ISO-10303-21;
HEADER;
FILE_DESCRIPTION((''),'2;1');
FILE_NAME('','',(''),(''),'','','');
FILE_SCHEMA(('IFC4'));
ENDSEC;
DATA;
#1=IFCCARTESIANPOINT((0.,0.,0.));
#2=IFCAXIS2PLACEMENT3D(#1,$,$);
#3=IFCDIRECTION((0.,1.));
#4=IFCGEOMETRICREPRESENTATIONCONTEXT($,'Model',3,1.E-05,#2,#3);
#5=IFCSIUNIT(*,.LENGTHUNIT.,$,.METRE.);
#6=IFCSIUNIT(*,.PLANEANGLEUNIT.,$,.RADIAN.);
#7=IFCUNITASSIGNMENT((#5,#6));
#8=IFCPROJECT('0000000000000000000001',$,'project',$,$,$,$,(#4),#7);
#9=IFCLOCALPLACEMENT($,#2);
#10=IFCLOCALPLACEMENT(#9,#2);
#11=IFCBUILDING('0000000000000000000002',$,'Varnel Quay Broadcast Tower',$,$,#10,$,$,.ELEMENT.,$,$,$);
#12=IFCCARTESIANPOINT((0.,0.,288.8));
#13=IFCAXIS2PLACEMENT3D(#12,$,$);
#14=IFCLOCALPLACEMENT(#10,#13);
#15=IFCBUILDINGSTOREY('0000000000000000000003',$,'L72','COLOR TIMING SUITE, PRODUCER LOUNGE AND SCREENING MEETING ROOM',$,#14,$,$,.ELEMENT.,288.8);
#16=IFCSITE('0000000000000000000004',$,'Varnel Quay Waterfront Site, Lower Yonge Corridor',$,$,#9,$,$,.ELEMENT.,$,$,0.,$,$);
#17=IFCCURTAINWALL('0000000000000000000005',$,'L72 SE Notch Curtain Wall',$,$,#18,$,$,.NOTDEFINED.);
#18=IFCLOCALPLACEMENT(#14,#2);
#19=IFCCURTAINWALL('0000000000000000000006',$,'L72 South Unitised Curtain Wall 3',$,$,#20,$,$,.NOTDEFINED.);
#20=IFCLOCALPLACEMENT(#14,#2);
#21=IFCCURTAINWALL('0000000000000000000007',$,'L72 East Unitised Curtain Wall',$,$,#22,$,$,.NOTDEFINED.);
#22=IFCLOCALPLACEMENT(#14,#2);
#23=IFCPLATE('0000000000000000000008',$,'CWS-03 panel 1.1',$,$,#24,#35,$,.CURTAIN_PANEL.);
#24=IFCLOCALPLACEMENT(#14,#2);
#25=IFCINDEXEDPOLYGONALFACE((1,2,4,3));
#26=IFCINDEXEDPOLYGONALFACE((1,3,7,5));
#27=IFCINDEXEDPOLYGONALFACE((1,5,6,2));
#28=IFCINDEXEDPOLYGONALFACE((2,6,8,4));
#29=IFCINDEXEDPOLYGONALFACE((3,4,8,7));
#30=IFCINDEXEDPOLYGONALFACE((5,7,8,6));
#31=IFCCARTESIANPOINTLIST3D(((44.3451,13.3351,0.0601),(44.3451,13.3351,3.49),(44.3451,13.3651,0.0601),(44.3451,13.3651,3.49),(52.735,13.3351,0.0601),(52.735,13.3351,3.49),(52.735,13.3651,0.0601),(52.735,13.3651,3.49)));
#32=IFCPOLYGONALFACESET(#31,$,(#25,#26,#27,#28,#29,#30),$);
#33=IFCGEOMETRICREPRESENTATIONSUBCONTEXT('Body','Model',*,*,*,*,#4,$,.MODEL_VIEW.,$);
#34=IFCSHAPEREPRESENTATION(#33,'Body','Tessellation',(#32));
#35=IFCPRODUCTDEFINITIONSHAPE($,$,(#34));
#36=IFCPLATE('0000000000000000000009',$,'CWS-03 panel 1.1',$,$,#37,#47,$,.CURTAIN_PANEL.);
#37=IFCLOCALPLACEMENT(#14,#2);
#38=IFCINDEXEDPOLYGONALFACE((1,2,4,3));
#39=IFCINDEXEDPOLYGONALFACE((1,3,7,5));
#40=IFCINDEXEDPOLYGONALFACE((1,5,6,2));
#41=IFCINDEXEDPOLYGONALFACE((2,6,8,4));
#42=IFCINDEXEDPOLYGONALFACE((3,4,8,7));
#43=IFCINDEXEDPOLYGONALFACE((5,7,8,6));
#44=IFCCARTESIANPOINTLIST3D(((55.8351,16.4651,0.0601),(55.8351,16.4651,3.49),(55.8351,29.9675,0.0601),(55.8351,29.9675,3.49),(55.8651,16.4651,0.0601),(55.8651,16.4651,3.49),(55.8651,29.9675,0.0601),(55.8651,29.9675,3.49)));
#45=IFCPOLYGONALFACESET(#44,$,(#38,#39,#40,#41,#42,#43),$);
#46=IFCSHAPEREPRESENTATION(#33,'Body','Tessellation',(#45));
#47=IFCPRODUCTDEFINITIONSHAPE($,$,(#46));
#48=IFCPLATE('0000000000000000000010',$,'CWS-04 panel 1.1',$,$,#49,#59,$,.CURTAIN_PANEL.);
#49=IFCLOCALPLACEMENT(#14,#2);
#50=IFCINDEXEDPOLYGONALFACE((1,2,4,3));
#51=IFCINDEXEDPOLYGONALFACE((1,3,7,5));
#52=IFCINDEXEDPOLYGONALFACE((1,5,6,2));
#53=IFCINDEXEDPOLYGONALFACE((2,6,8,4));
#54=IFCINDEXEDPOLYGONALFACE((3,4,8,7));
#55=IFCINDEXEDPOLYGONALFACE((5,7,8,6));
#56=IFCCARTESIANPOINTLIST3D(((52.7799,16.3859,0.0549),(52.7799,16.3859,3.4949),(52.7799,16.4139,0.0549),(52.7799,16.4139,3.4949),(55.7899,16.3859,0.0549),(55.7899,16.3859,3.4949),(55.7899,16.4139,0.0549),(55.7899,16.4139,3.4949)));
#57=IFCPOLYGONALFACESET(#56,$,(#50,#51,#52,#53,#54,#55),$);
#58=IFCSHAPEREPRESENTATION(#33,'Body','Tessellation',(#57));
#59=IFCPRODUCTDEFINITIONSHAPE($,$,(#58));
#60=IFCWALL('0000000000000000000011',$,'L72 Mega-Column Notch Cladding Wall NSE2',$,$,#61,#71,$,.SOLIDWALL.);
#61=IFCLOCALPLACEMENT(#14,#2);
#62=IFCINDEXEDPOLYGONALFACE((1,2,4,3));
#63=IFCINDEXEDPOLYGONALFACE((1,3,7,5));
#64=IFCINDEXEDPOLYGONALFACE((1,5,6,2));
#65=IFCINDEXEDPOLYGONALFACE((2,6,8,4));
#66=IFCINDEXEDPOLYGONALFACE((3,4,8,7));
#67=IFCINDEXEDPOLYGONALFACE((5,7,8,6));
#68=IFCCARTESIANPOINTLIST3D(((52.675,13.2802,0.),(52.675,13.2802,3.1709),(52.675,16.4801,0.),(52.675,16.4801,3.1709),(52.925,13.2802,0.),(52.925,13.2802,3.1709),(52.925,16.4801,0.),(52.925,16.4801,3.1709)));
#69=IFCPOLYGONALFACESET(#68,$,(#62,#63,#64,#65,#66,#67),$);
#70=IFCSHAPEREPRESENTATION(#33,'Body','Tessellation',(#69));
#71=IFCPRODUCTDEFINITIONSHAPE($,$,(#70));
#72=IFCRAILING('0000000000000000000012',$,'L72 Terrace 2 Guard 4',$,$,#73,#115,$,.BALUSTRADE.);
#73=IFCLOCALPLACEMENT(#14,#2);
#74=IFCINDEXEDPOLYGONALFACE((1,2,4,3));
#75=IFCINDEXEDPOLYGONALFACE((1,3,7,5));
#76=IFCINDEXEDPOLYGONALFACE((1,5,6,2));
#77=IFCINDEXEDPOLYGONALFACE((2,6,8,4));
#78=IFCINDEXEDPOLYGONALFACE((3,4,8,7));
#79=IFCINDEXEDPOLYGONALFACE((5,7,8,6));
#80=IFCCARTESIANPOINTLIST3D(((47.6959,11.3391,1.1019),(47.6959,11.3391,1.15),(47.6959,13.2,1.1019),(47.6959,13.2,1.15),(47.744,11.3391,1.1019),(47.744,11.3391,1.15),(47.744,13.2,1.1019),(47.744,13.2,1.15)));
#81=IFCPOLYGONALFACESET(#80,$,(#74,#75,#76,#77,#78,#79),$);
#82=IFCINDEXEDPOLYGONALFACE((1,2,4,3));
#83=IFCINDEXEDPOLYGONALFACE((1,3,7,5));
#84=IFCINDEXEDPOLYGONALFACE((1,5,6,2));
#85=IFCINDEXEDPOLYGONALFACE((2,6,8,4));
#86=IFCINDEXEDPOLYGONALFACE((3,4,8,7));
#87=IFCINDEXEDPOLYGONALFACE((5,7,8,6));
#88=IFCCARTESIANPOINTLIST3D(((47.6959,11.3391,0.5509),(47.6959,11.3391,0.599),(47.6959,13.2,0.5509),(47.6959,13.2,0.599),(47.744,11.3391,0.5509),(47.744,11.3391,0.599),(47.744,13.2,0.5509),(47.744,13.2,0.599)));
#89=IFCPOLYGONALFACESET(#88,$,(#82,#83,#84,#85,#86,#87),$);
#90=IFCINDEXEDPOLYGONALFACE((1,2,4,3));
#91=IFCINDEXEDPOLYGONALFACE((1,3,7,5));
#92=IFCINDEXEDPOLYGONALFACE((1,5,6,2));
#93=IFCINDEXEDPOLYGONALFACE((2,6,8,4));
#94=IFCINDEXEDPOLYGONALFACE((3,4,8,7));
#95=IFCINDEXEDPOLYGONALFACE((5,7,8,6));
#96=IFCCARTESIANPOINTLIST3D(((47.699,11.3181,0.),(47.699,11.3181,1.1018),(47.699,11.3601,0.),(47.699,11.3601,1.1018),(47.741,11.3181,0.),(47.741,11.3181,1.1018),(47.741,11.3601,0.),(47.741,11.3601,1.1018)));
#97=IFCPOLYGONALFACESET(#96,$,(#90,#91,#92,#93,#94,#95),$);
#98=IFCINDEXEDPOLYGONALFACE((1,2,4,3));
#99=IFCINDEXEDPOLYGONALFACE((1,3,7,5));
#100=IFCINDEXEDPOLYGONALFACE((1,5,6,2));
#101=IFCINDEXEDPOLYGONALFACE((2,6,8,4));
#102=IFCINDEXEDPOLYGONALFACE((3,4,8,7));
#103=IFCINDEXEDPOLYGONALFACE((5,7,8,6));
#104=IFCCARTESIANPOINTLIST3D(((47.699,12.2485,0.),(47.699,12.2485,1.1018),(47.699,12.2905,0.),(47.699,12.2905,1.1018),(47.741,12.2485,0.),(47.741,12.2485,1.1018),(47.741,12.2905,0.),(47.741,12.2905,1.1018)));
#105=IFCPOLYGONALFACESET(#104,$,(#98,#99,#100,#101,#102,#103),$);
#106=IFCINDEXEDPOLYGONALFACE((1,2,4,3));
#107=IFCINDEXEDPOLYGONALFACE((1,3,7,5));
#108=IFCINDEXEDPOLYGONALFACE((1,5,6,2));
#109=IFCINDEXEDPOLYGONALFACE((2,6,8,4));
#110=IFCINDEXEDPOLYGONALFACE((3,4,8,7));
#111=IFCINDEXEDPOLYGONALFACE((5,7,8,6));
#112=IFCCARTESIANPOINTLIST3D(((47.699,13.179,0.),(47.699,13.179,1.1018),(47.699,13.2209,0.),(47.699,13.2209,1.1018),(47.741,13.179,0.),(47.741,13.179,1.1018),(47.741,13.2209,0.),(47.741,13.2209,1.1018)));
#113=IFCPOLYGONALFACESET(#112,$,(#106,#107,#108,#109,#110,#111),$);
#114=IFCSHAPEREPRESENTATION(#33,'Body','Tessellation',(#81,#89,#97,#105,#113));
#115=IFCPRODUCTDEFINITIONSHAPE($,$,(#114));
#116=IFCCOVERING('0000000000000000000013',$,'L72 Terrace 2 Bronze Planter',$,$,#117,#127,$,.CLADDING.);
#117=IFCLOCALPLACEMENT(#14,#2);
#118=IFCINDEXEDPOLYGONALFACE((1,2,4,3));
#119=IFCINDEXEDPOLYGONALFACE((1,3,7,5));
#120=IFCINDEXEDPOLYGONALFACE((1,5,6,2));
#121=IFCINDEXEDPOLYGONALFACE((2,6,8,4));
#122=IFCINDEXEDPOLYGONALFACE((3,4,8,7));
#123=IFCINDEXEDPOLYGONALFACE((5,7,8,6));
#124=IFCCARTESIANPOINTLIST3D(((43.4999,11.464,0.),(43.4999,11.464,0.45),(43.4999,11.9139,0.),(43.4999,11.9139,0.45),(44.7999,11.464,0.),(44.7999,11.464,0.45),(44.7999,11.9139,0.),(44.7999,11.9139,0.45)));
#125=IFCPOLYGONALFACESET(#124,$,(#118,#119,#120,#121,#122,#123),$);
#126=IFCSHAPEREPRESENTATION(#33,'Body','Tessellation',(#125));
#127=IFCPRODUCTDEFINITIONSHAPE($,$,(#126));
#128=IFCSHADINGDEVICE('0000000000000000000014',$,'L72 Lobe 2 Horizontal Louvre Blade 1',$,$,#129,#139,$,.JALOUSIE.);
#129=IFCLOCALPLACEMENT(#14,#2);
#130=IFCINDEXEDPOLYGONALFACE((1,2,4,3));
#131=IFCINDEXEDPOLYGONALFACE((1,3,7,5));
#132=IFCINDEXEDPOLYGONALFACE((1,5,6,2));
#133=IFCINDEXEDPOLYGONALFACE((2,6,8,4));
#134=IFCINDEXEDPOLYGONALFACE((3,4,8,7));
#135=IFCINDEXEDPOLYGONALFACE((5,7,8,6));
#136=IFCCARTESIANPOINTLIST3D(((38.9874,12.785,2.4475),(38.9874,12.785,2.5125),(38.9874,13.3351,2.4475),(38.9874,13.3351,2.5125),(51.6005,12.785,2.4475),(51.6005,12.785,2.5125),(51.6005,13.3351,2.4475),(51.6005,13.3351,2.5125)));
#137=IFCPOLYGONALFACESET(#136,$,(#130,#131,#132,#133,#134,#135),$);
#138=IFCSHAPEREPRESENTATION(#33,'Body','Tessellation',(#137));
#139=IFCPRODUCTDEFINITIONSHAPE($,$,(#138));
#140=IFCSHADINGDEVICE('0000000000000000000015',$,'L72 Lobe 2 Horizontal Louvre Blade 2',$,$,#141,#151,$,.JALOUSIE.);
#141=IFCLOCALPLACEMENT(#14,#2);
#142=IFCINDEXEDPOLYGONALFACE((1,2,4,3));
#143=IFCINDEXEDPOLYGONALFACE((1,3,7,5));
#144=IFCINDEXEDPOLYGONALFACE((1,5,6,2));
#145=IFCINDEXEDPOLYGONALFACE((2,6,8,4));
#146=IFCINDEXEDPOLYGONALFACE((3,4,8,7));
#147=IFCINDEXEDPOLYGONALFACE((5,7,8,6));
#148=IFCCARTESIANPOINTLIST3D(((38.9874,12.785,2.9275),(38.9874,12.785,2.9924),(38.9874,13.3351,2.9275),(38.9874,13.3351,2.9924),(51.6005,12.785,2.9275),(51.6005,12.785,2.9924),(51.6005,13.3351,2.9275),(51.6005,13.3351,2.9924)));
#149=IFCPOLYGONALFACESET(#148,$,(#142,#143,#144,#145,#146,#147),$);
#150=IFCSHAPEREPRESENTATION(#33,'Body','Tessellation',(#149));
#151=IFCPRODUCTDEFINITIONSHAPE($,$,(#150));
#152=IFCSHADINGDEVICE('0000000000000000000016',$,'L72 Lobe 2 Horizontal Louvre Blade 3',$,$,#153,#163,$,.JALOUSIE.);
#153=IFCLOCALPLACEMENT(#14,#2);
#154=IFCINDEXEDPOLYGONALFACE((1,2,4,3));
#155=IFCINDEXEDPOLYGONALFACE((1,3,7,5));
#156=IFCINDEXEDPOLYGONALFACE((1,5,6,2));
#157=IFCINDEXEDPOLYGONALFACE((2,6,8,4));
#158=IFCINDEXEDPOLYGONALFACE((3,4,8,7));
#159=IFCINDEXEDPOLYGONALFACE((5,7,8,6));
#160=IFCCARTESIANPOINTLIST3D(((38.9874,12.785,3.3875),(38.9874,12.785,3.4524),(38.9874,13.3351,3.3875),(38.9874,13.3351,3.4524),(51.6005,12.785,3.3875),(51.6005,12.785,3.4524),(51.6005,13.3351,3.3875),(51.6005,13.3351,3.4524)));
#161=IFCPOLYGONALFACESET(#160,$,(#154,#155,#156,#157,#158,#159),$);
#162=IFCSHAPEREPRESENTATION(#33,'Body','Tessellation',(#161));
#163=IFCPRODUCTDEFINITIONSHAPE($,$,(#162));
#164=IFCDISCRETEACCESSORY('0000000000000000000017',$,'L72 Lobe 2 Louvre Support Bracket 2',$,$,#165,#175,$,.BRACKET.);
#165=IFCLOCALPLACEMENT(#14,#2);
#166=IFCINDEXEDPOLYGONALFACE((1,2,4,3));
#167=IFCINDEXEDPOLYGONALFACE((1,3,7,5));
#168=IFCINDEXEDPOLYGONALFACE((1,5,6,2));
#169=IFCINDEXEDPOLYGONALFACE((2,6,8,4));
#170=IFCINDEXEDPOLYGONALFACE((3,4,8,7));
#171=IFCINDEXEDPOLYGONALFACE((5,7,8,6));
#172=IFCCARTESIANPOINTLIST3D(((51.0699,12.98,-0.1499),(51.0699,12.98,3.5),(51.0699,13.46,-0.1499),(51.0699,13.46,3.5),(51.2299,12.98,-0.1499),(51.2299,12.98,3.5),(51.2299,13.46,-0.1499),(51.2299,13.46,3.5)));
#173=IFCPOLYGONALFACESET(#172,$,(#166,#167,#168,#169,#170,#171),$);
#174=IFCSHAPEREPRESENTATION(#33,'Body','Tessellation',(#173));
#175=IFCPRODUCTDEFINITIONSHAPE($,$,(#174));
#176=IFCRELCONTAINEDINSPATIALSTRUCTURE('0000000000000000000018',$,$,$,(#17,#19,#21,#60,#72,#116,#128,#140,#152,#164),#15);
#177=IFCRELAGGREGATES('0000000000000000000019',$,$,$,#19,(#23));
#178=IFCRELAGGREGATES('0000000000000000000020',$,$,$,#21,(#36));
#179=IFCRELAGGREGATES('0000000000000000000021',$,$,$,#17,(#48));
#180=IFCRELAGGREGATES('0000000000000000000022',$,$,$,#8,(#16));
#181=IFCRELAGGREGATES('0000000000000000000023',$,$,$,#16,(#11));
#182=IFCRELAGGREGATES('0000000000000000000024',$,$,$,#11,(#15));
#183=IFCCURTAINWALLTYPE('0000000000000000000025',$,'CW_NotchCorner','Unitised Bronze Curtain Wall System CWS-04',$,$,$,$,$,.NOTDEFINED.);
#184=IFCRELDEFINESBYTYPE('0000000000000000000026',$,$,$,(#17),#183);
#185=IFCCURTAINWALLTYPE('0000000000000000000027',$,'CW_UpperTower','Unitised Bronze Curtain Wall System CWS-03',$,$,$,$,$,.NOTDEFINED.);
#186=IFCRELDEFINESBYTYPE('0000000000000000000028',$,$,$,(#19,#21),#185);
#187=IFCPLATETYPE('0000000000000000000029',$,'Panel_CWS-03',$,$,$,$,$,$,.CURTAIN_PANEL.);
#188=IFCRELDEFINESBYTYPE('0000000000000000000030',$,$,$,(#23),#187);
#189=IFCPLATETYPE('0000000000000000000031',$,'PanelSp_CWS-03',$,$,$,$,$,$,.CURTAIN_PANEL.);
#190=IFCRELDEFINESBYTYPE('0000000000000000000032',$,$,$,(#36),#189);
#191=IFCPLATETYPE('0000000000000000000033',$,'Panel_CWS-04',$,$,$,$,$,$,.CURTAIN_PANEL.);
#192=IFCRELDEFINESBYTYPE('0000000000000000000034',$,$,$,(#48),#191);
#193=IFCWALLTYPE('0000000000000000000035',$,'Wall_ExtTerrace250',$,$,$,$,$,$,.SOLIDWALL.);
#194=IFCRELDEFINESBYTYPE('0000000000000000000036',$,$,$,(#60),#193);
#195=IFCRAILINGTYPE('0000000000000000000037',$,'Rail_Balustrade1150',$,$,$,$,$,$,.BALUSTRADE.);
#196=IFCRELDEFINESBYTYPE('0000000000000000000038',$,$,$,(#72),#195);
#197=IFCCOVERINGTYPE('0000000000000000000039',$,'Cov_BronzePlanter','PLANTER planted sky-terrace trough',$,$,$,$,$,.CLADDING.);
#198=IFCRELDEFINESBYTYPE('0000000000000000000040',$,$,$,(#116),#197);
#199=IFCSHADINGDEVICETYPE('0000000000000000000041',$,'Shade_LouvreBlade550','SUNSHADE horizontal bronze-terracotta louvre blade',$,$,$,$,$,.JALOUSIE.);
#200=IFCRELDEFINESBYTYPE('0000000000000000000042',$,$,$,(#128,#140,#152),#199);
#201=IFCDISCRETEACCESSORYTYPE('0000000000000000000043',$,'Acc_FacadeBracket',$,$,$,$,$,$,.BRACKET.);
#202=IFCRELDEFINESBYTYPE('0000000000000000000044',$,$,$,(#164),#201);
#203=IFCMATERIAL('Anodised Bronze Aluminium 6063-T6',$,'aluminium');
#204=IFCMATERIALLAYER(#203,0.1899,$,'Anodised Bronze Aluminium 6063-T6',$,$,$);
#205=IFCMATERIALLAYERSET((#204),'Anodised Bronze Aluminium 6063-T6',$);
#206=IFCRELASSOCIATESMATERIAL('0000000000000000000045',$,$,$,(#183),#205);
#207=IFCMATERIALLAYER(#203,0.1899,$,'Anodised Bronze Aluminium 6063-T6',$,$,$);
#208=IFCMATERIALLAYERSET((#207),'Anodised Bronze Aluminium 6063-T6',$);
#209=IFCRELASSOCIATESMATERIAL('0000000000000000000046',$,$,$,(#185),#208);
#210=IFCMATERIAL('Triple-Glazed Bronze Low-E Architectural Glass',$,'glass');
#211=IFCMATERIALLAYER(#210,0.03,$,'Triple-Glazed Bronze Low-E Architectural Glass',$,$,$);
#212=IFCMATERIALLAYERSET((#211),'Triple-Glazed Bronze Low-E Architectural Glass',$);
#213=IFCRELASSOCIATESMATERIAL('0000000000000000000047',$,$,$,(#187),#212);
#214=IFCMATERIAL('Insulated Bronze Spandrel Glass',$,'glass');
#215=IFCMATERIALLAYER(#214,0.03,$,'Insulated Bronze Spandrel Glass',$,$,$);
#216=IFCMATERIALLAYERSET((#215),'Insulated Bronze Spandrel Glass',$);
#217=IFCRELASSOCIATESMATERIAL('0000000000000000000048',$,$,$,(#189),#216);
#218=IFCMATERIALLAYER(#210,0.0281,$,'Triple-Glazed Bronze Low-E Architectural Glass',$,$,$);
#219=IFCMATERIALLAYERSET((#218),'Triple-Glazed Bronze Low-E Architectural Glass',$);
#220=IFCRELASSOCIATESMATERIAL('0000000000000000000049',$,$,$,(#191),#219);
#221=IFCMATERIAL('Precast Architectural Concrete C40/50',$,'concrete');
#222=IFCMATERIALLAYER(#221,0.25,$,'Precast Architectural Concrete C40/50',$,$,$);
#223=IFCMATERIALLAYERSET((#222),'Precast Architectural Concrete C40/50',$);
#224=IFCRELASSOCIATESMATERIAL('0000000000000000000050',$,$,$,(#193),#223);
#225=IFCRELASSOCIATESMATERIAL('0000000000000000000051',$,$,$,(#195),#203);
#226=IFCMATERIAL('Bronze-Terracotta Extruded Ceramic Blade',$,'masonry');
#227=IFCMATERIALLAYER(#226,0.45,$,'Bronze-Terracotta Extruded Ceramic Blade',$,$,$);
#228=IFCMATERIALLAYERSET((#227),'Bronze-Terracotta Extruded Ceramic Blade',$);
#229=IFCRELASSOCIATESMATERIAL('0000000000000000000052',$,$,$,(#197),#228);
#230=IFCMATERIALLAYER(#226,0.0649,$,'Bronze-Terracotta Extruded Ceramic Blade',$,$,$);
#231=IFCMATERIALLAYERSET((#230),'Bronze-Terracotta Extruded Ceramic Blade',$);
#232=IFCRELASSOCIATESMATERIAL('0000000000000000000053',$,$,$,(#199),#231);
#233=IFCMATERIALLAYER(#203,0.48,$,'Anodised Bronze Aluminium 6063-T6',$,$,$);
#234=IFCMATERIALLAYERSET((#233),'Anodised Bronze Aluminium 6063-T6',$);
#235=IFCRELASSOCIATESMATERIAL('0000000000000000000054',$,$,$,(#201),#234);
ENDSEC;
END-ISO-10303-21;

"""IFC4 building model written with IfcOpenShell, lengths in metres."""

from ifc_helpers import new_model, si_unit, direction, frame, frame_2d, origin, origin_2d, place, context, subcontext, project, spatial, rectangle, extrude, source, transform, mapped, material, layer, layer_set, type_object, type_shapes, element, aggregate, save


model = new_model("IFC4")

# Units and contexts
model_context = context("Model", 3, precision=1e-05, world=origin(), true_north=direction((0.0, 1.0)))
body_context = subcontext(model_context, "Body", "Model", "MODEL_VIEW")
ifc_project = project(units=[si_unit("LENGTHUNIT", "METRE"), si_unit("PLANEANGLEUNIT", "RADIAN")], contexts=[model_context])

# Site, building, storey
site_placement = place(None, origin())
site = spatial("IfcSite", under=ifc_project, at=site_placement, Name="Varnel Quay Waterfront Site, Lower Yonge Corridor", CompositionType="ELEMENT", RefElevation=0.0)
building_placement = place(site_placement, origin())
building = spatial("IfcBuilding", under=site, at=building_placement, Name="Varnel Quay Broadcast Tower", CompositionType="ELEMENT")
storey_placement = place(building_placement, frame((0.0, 0.0, 288.8)))
storey = spatial("IfcBuildingStorey", under=building, at=storey_placement, Name="L72", Description="COLOR TIMING SUITE, PRODUCER LOUNGE AND SCREENING MEETING ROOM", CompositionType="ELEMENT", Elevation=288.8)

# Curtain walls
ifc_material_1 = material(Name="Anodised Bronze Aluminium 6063-T6", Category="aluminium")
ifc_layer_1 = layer(ifc_material_1, 0.1899, Name="Anodised Bronze Aluminium 6063-T6")
ifc_layer_set_1 = layer_set([ifc_layer_1], Name="Anodised Bronze Aluminium 6063-T6")
curtain_wall_type_1 = type_object("IfcCurtainWallType", Name="CW_NotchCorner", Description="Unitised Bronze Curtain Wall System CWS-04", PredefinedType="NOTDEFINED", material=ifc_layer_set_1)
curtain_wall_1_placement = place(storey_placement, origin())
curtain_wall_1 = element("IfcCurtainWall", 1, at=curtain_wall_1_placement, inside=storey, type_object=curtain_wall_type_1, Name="L72 SE Notch Curtain Wall", PredefinedType="NOTDEFINED")
ifc_layer_2 = layer(ifc_material_1, 0.1899, Name="Anodised Bronze Aluminium 6063-T6")
ifc_layer_set_2 = layer_set([ifc_layer_2], Name="Anodised Bronze Aluminium 6063-T6")
curtain_wall_type_2 = type_object("IfcCurtainWallType", Name="CW_UpperTower", Description="Unitised Bronze Curtain Wall System CWS-03", PredefinedType="NOTDEFINED", material=ifc_layer_set_2)
curtain_wall_2_placement = place(storey_placement, origin())
curtain_wall_2 = element("IfcCurtainWall", 2, at=curtain_wall_2_placement, inside=storey, type_object=curtain_wall_type_2, Name="L72 South Unitised Curtain Wall 3", PredefinedType="NOTDEFINED")
curtain_wall_3_placement = place(storey_placement, origin())
curtain_wall_3 = element("IfcCurtainWall", 3, at=curtain_wall_3_placement, inside=storey, type_object=curtain_wall_type_2, Name="L72 East Unitised Curtain Wall", PredefinedType="NOTDEFINED")

# Plates
ifc_material_2 = material(Name="Triple-Glazed Bronze Low-E Architectural Glass", Category="glass")
ifc_layer_3 = layer(ifc_material_2, 0.03, Name="Triple-Glazed Bronze Low-E Architectural Glass")
ifc_layer_set_3 = layer_set([ifc_layer_3], Name="Triple-Glazed Bronze Low-E Architectural Glass")
plate_type_1 = type_object("IfcPlateType", Name="Panel_CWS-03", PredefinedType="CURTAIN_PANEL", material=ifc_layer_set_3)
shared_shape_1 = source(origin(), body_context, "Body", "SweptSolid", [
    extrude(rectangle(XDim=8.3899, YDim=0.03, at=origin_2d()), origin(), (0.0, 0.0, 1.0), 3.4299),
])
type_shapes(plate_type_1, [shared_shape_1])
plate_1_placement = place(storey_placement, frame((48.54, 13.3501, 0.0601), z_axis=(0.0, 0.0, 1.0), x_axis=(1.0, 0.0, 0.0)))
plate_1 = element("IfcPlate", 4, at=plate_1_placement, type_object=plate_type_1, Name="CWS-03 panel 1.1", PredefinedType="CURTAIN_PANEL", context=body_context, shape_type="MappedRepresentation", body=[
    mapped(shared_shape_1, transform((0.0, 0.0, 0.0), x_axis=(1.0, 0.0, 0.0), y_axis=(0.0, 1.0, 0.0), z_axis=(0.0, 0.0, 1.0), scale=1.0)),
])
aggregate(curtain_wall_2, [plate_1])
ifc_material_3 = material(Name="Insulated Bronze Spandrel Glass", Category="glass")
ifc_layer_4 = layer(ifc_material_3, 0.03, Name="Insulated Bronze Spandrel Glass")
ifc_layer_set_4 = layer_set([ifc_layer_4], Name="Insulated Bronze Spandrel Glass")
plate_type_2 = type_object("IfcPlateType", Name="PanelSp_CWS-03", PredefinedType="CURTAIN_PANEL", material=ifc_layer_set_4)
shared_shape_2 = source(origin(), body_context, "Body", "SweptSolid", [
    extrude(rectangle(XDim=13.5024, YDim=0.03, at=origin_2d()), origin(), (0.0, 0.0, 1.0), 3.4299),
])
type_shapes(plate_type_2, [shared_shape_2])
plate_2_placement = place(storey_placement, frame((55.8501, 23.2163, 0.0601), z_axis=(0.0, 0.0, 1.0), x_axis=(0.0, 1.0, 0.0)))
plate_2 = element("IfcPlate", 5, at=plate_2_placement, type_object=plate_type_2, Name="CWS-03 panel 1.1", PredefinedType="CURTAIN_PANEL", context=body_context, shape_type="MappedRepresentation", body=[
    mapped(shared_shape_2, transform((0.0, 0.0, 0.0), x_axis=(1.0, 0.0, 0.0), y_axis=(0.0, 1.0, 0.0), z_axis=(0.0, 0.0, 1.0), scale=1.0)),
])
aggregate(curtain_wall_3, [plate_2])
ifc_layer_5 = layer(ifc_material_2, 0.0281, Name="Triple-Glazed Bronze Low-E Architectural Glass")
ifc_layer_set_5 = layer_set([ifc_layer_5], Name="Triple-Glazed Bronze Low-E Architectural Glass")
plate_type_3 = type_object("IfcPlateType", Name="Panel_CWS-04", PredefinedType="CURTAIN_PANEL", material=ifc_layer_set_5)
shared_shape_3 = source(origin(), body_context, "Body", "SweptSolid", [
    extrude(rectangle(XDim=3.01, YDim=0.0281, at=origin_2d()), origin(), (0.0, 0.0, 1.0), 3.4399),
])
type_shapes(plate_type_3, [shared_shape_3])
plate_3_placement = place(storey_placement, frame((54.2849, 16.3999, 0.0549), z_axis=(0.0, 0.0, 1.0), x_axis=(1.0, 0.0, 0.0)))
plate_3 = element("IfcPlate", 6, at=plate_3_placement, type_object=plate_type_3, Name="CWS-04 panel 1.1", PredefinedType="CURTAIN_PANEL", context=body_context, shape_type="MappedRepresentation", body=[
    mapped(shared_shape_3, transform((0.0, 0.0, 0.0), x_axis=(1.0, 0.0, 0.0), y_axis=(0.0, 1.0, 0.0), z_axis=(0.0, 0.0, 1.0), scale=1.0)),
])
aggregate(curtain_wall_1, [plate_3])

# Wall
ifc_material_4 = material(Name="Precast Architectural Concrete C40/50", Category="concrete")
ifc_layer_6 = layer(ifc_material_4, 0.25, Name="Precast Architectural Concrete C40/50")
ifc_layer_set_6 = layer_set([ifc_layer_6], Name="Precast Architectural Concrete C40/50")
wall_type = type_object("IfcWallType", Name="Wall_ExtTerrace250", PredefinedType="SOLIDWALL", material=ifc_layer_set_6)
wall_placement = place(storey_placement, frame((52.8, 13.28, 0.0), z_axis=(0.0, 0.0, 1.0), x_axis=(0.0, 1.0, 0.0)))
element("IfcWall", 7, at=wall_placement, inside=storey, type_object=wall_type, Name="L72 Mega-Column Notch Cladding Wall NSE2", PredefinedType="SOLIDWALL", context=body_context, shape_type="SweptSolid", body=[
    extrude(rectangle(XDim=3.2, YDim=0.25, at=frame_2d((1.6001, 0.0))), origin(), (0.0, 0.0, 1.0), 3.1709),
])

# Railing
railing_type = type_object("IfcRailingType", Name="Rail_Balustrade1150", PredefinedType="BALUSTRADE", material=ifc_material_1)
railing_placement = place(storey_placement, frame((47.72, 11.3391, 0.0)))
element("IfcRailing", 8, at=railing_placement, inside=storey, type_object=railing_type, Name="L72 Terrace 2 Guard 4", PredefinedType="BALUSTRADE", context=body_context, shape_type="SweptSolid", body=[
    extrude(rectangle(XDim=0.0481, YDim=0.0481, at=origin_2d()), frame((0.0, 0.0, 1.126), z_axis=(0.0, 1.0, 0.0), x_axis=(-1.0, 0.0, 0.0)), (0.0, 0.0, 1.0), 1.8608),
    extrude(rectangle(XDim=0.0481, YDim=0.0481, at=origin_2d()), frame((0.0, 0.0, 0.575), z_axis=(0.0, 1.0, 0.0), x_axis=(-1.0, 0.0, 0.0)), (0.0, 0.0, 1.0), 1.8608),
    extrude(rectangle(XDim=0.042, YDim=0.042, at=origin_2d()), origin(), (0.0, 0.0, 1.0), 1.1018),
    extrude(rectangle(XDim=0.042, YDim=0.042, at=origin_2d()), frame((0.0, 0.9304, 0.0)), (0.0, 0.0, 1.0), 1.1018),
    extrude(rectangle(XDim=0.042, YDim=0.042, at=origin_2d()), frame((0.0, 1.8608, 0.0)), (0.0, 0.0, 1.0), 1.1018),
])

# Covering
ifc_material_5 = material(Name="Bronze-Terracotta Extruded Ceramic Blade", Category="masonry")
ifc_layer_7 = layer(ifc_material_5, 0.45, Name="Bronze-Terracotta Extruded Ceramic Blade")
ifc_layer_set_7 = layer_set([ifc_layer_7], Name="Bronze-Terracotta Extruded Ceramic Blade")
covering_type = type_object("IfcCoveringType", Name="Cov_BronzePlanter", Description="PLANTER planted sky-terrace trough", PredefinedType="CLADDING", material=ifc_layer_set_7)
shared_shape_4 = source(origin(), body_context, "Body", "SweptSolid", [
    extrude(rectangle(XDim=1.3, YDim=0.45, at=origin_2d()), origin(), (0.0, 0.0, 1.0), 0.45),
])
type_shapes(covering_type, [shared_shape_4])
covering_placement = place(storey_placement, frame((44.1499, 11.689, 0.0), z_axis=(0.0, 0.0, 1.0), x_axis=(1.0, 0.0, 0.0)))
element("IfcCovering", 9, at=covering_placement, inside=storey, type_object=covering_type, Name="L72 Terrace 2 Bronze Planter", PredefinedType="CLADDING", context=body_context, shape_type="MappedRepresentation", body=[
    mapped(shared_shape_4, transform((0.0, 0.0, 0.0), x_axis=(1.0, 0.0, 0.0), y_axis=(0.0, 1.0, 0.0), z_axis=(0.0, 0.0, 1.0), scale=1.0)),
])

# Shading devices
ifc_layer_8 = layer(ifc_material_5, 0.0649, Name="Bronze-Terracotta Extruded Ceramic Blade")
ifc_layer_set_8 = layer_set([ifc_layer_8], Name="Bronze-Terracotta Extruded Ceramic Blade")
shading_device_type = type_object("IfcShadingDeviceType", Name="Shade_LouvreBlade550", Description="SUNSHADE horizontal bronze-terracotta louvre blade", PredefinedType="JALOUSIE", material=ifc_layer_set_8)
shared_shape_5 = source(origin(), body_context, "Body", "SweptSolid", [
    extrude(rectangle(XDim=12.613, YDim=0.55, at=origin_2d()), origin(), (0.0, 0.0, 1.0), 0.0649),
])
type_shapes(shading_device_type, [shared_shape_5])
for number, where, z_axis, x_axis, name in (
    (10, (45.2939, 13.0601, 2.4475), (0.0, 0.0, 1.0), (1.0, 0.0, 0.0), "L72 Lobe 2 Horizontal Louvre Blade 1"),
    (11, (45.2939, 13.0601, 2.9275), (0.0, 0.0, 1.0), (1.0, 0.0, 0.0), "L72 Lobe 2 Horizontal Louvre Blade 2"),
    (12, (45.2939, 13.0601, 3.3875), (0.0, 0.0, 1.0), (1.0, 0.0, 0.0), "L72 Lobe 2 Horizontal Louvre Blade 3"),
):
    element("IfcShadingDevice", number, at=place(storey_placement, frame(where, z_axis=z_axis, x_axis=x_axis)), inside=storey, type_object=shading_device_type, Name=name, PredefinedType="JALOUSIE", context=body_context, shape_type="MappedRepresentation", body=[
        mapped(shared_shape_5, transform((0.0, 0.0, 0.0), x_axis=(1.0, 0.0, 0.0), y_axis=(0.0, 1.0, 0.0), z_axis=(0.0, 0.0, 1.0), scale=1.0)),
    ])

# Discrete accessory
ifc_layer_9 = layer(ifc_material_1, 0.48, Name="Anodised Bronze Aluminium 6063-T6")
ifc_layer_set_9 = layer_set([ifc_layer_9], Name="Anodised Bronze Aluminium 6063-T6")
discrete_accessory_type = type_object("IfcDiscreteAccessoryType", Name="Acc_FacadeBracket", PredefinedType="BRACKET", material=ifc_layer_set_9)
shared_shape_6 = source(origin(), body_context, "Body", "SweptSolid", [
    extrude(rectangle(XDim=0.1599, YDim=0.48, at=origin_2d()), origin(), (0.0, 0.0, 1.0), 3.6499),
])
type_shapes(discrete_accessory_type, [shared_shape_6])
discrete_accessory_placement = place(storey_placement, frame((51.1499, 13.22, -0.1499), z_axis=(0.0, 0.0, 1.0), x_axis=(1.0, 0.0, 0.0)))
element("IfcDiscreteAccessory", 13, at=discrete_accessory_placement, inside=storey, type_object=discrete_accessory_type, Name="L72 Lobe 2 Louvre Support Bracket 2", PredefinedType="BRACKET", context=body_context, shape_type="MappedRepresentation", body=[
    mapped(shared_shape_6, transform((0.0, 0.0, 0.0), x_axis=(1.0, 0.0, 0.0), y_axis=(0.0, 1.0, 0.0), z_axis=(0.0, 0.0, 1.0), scale=1.0)),
])

save(model, "model.ifc")
